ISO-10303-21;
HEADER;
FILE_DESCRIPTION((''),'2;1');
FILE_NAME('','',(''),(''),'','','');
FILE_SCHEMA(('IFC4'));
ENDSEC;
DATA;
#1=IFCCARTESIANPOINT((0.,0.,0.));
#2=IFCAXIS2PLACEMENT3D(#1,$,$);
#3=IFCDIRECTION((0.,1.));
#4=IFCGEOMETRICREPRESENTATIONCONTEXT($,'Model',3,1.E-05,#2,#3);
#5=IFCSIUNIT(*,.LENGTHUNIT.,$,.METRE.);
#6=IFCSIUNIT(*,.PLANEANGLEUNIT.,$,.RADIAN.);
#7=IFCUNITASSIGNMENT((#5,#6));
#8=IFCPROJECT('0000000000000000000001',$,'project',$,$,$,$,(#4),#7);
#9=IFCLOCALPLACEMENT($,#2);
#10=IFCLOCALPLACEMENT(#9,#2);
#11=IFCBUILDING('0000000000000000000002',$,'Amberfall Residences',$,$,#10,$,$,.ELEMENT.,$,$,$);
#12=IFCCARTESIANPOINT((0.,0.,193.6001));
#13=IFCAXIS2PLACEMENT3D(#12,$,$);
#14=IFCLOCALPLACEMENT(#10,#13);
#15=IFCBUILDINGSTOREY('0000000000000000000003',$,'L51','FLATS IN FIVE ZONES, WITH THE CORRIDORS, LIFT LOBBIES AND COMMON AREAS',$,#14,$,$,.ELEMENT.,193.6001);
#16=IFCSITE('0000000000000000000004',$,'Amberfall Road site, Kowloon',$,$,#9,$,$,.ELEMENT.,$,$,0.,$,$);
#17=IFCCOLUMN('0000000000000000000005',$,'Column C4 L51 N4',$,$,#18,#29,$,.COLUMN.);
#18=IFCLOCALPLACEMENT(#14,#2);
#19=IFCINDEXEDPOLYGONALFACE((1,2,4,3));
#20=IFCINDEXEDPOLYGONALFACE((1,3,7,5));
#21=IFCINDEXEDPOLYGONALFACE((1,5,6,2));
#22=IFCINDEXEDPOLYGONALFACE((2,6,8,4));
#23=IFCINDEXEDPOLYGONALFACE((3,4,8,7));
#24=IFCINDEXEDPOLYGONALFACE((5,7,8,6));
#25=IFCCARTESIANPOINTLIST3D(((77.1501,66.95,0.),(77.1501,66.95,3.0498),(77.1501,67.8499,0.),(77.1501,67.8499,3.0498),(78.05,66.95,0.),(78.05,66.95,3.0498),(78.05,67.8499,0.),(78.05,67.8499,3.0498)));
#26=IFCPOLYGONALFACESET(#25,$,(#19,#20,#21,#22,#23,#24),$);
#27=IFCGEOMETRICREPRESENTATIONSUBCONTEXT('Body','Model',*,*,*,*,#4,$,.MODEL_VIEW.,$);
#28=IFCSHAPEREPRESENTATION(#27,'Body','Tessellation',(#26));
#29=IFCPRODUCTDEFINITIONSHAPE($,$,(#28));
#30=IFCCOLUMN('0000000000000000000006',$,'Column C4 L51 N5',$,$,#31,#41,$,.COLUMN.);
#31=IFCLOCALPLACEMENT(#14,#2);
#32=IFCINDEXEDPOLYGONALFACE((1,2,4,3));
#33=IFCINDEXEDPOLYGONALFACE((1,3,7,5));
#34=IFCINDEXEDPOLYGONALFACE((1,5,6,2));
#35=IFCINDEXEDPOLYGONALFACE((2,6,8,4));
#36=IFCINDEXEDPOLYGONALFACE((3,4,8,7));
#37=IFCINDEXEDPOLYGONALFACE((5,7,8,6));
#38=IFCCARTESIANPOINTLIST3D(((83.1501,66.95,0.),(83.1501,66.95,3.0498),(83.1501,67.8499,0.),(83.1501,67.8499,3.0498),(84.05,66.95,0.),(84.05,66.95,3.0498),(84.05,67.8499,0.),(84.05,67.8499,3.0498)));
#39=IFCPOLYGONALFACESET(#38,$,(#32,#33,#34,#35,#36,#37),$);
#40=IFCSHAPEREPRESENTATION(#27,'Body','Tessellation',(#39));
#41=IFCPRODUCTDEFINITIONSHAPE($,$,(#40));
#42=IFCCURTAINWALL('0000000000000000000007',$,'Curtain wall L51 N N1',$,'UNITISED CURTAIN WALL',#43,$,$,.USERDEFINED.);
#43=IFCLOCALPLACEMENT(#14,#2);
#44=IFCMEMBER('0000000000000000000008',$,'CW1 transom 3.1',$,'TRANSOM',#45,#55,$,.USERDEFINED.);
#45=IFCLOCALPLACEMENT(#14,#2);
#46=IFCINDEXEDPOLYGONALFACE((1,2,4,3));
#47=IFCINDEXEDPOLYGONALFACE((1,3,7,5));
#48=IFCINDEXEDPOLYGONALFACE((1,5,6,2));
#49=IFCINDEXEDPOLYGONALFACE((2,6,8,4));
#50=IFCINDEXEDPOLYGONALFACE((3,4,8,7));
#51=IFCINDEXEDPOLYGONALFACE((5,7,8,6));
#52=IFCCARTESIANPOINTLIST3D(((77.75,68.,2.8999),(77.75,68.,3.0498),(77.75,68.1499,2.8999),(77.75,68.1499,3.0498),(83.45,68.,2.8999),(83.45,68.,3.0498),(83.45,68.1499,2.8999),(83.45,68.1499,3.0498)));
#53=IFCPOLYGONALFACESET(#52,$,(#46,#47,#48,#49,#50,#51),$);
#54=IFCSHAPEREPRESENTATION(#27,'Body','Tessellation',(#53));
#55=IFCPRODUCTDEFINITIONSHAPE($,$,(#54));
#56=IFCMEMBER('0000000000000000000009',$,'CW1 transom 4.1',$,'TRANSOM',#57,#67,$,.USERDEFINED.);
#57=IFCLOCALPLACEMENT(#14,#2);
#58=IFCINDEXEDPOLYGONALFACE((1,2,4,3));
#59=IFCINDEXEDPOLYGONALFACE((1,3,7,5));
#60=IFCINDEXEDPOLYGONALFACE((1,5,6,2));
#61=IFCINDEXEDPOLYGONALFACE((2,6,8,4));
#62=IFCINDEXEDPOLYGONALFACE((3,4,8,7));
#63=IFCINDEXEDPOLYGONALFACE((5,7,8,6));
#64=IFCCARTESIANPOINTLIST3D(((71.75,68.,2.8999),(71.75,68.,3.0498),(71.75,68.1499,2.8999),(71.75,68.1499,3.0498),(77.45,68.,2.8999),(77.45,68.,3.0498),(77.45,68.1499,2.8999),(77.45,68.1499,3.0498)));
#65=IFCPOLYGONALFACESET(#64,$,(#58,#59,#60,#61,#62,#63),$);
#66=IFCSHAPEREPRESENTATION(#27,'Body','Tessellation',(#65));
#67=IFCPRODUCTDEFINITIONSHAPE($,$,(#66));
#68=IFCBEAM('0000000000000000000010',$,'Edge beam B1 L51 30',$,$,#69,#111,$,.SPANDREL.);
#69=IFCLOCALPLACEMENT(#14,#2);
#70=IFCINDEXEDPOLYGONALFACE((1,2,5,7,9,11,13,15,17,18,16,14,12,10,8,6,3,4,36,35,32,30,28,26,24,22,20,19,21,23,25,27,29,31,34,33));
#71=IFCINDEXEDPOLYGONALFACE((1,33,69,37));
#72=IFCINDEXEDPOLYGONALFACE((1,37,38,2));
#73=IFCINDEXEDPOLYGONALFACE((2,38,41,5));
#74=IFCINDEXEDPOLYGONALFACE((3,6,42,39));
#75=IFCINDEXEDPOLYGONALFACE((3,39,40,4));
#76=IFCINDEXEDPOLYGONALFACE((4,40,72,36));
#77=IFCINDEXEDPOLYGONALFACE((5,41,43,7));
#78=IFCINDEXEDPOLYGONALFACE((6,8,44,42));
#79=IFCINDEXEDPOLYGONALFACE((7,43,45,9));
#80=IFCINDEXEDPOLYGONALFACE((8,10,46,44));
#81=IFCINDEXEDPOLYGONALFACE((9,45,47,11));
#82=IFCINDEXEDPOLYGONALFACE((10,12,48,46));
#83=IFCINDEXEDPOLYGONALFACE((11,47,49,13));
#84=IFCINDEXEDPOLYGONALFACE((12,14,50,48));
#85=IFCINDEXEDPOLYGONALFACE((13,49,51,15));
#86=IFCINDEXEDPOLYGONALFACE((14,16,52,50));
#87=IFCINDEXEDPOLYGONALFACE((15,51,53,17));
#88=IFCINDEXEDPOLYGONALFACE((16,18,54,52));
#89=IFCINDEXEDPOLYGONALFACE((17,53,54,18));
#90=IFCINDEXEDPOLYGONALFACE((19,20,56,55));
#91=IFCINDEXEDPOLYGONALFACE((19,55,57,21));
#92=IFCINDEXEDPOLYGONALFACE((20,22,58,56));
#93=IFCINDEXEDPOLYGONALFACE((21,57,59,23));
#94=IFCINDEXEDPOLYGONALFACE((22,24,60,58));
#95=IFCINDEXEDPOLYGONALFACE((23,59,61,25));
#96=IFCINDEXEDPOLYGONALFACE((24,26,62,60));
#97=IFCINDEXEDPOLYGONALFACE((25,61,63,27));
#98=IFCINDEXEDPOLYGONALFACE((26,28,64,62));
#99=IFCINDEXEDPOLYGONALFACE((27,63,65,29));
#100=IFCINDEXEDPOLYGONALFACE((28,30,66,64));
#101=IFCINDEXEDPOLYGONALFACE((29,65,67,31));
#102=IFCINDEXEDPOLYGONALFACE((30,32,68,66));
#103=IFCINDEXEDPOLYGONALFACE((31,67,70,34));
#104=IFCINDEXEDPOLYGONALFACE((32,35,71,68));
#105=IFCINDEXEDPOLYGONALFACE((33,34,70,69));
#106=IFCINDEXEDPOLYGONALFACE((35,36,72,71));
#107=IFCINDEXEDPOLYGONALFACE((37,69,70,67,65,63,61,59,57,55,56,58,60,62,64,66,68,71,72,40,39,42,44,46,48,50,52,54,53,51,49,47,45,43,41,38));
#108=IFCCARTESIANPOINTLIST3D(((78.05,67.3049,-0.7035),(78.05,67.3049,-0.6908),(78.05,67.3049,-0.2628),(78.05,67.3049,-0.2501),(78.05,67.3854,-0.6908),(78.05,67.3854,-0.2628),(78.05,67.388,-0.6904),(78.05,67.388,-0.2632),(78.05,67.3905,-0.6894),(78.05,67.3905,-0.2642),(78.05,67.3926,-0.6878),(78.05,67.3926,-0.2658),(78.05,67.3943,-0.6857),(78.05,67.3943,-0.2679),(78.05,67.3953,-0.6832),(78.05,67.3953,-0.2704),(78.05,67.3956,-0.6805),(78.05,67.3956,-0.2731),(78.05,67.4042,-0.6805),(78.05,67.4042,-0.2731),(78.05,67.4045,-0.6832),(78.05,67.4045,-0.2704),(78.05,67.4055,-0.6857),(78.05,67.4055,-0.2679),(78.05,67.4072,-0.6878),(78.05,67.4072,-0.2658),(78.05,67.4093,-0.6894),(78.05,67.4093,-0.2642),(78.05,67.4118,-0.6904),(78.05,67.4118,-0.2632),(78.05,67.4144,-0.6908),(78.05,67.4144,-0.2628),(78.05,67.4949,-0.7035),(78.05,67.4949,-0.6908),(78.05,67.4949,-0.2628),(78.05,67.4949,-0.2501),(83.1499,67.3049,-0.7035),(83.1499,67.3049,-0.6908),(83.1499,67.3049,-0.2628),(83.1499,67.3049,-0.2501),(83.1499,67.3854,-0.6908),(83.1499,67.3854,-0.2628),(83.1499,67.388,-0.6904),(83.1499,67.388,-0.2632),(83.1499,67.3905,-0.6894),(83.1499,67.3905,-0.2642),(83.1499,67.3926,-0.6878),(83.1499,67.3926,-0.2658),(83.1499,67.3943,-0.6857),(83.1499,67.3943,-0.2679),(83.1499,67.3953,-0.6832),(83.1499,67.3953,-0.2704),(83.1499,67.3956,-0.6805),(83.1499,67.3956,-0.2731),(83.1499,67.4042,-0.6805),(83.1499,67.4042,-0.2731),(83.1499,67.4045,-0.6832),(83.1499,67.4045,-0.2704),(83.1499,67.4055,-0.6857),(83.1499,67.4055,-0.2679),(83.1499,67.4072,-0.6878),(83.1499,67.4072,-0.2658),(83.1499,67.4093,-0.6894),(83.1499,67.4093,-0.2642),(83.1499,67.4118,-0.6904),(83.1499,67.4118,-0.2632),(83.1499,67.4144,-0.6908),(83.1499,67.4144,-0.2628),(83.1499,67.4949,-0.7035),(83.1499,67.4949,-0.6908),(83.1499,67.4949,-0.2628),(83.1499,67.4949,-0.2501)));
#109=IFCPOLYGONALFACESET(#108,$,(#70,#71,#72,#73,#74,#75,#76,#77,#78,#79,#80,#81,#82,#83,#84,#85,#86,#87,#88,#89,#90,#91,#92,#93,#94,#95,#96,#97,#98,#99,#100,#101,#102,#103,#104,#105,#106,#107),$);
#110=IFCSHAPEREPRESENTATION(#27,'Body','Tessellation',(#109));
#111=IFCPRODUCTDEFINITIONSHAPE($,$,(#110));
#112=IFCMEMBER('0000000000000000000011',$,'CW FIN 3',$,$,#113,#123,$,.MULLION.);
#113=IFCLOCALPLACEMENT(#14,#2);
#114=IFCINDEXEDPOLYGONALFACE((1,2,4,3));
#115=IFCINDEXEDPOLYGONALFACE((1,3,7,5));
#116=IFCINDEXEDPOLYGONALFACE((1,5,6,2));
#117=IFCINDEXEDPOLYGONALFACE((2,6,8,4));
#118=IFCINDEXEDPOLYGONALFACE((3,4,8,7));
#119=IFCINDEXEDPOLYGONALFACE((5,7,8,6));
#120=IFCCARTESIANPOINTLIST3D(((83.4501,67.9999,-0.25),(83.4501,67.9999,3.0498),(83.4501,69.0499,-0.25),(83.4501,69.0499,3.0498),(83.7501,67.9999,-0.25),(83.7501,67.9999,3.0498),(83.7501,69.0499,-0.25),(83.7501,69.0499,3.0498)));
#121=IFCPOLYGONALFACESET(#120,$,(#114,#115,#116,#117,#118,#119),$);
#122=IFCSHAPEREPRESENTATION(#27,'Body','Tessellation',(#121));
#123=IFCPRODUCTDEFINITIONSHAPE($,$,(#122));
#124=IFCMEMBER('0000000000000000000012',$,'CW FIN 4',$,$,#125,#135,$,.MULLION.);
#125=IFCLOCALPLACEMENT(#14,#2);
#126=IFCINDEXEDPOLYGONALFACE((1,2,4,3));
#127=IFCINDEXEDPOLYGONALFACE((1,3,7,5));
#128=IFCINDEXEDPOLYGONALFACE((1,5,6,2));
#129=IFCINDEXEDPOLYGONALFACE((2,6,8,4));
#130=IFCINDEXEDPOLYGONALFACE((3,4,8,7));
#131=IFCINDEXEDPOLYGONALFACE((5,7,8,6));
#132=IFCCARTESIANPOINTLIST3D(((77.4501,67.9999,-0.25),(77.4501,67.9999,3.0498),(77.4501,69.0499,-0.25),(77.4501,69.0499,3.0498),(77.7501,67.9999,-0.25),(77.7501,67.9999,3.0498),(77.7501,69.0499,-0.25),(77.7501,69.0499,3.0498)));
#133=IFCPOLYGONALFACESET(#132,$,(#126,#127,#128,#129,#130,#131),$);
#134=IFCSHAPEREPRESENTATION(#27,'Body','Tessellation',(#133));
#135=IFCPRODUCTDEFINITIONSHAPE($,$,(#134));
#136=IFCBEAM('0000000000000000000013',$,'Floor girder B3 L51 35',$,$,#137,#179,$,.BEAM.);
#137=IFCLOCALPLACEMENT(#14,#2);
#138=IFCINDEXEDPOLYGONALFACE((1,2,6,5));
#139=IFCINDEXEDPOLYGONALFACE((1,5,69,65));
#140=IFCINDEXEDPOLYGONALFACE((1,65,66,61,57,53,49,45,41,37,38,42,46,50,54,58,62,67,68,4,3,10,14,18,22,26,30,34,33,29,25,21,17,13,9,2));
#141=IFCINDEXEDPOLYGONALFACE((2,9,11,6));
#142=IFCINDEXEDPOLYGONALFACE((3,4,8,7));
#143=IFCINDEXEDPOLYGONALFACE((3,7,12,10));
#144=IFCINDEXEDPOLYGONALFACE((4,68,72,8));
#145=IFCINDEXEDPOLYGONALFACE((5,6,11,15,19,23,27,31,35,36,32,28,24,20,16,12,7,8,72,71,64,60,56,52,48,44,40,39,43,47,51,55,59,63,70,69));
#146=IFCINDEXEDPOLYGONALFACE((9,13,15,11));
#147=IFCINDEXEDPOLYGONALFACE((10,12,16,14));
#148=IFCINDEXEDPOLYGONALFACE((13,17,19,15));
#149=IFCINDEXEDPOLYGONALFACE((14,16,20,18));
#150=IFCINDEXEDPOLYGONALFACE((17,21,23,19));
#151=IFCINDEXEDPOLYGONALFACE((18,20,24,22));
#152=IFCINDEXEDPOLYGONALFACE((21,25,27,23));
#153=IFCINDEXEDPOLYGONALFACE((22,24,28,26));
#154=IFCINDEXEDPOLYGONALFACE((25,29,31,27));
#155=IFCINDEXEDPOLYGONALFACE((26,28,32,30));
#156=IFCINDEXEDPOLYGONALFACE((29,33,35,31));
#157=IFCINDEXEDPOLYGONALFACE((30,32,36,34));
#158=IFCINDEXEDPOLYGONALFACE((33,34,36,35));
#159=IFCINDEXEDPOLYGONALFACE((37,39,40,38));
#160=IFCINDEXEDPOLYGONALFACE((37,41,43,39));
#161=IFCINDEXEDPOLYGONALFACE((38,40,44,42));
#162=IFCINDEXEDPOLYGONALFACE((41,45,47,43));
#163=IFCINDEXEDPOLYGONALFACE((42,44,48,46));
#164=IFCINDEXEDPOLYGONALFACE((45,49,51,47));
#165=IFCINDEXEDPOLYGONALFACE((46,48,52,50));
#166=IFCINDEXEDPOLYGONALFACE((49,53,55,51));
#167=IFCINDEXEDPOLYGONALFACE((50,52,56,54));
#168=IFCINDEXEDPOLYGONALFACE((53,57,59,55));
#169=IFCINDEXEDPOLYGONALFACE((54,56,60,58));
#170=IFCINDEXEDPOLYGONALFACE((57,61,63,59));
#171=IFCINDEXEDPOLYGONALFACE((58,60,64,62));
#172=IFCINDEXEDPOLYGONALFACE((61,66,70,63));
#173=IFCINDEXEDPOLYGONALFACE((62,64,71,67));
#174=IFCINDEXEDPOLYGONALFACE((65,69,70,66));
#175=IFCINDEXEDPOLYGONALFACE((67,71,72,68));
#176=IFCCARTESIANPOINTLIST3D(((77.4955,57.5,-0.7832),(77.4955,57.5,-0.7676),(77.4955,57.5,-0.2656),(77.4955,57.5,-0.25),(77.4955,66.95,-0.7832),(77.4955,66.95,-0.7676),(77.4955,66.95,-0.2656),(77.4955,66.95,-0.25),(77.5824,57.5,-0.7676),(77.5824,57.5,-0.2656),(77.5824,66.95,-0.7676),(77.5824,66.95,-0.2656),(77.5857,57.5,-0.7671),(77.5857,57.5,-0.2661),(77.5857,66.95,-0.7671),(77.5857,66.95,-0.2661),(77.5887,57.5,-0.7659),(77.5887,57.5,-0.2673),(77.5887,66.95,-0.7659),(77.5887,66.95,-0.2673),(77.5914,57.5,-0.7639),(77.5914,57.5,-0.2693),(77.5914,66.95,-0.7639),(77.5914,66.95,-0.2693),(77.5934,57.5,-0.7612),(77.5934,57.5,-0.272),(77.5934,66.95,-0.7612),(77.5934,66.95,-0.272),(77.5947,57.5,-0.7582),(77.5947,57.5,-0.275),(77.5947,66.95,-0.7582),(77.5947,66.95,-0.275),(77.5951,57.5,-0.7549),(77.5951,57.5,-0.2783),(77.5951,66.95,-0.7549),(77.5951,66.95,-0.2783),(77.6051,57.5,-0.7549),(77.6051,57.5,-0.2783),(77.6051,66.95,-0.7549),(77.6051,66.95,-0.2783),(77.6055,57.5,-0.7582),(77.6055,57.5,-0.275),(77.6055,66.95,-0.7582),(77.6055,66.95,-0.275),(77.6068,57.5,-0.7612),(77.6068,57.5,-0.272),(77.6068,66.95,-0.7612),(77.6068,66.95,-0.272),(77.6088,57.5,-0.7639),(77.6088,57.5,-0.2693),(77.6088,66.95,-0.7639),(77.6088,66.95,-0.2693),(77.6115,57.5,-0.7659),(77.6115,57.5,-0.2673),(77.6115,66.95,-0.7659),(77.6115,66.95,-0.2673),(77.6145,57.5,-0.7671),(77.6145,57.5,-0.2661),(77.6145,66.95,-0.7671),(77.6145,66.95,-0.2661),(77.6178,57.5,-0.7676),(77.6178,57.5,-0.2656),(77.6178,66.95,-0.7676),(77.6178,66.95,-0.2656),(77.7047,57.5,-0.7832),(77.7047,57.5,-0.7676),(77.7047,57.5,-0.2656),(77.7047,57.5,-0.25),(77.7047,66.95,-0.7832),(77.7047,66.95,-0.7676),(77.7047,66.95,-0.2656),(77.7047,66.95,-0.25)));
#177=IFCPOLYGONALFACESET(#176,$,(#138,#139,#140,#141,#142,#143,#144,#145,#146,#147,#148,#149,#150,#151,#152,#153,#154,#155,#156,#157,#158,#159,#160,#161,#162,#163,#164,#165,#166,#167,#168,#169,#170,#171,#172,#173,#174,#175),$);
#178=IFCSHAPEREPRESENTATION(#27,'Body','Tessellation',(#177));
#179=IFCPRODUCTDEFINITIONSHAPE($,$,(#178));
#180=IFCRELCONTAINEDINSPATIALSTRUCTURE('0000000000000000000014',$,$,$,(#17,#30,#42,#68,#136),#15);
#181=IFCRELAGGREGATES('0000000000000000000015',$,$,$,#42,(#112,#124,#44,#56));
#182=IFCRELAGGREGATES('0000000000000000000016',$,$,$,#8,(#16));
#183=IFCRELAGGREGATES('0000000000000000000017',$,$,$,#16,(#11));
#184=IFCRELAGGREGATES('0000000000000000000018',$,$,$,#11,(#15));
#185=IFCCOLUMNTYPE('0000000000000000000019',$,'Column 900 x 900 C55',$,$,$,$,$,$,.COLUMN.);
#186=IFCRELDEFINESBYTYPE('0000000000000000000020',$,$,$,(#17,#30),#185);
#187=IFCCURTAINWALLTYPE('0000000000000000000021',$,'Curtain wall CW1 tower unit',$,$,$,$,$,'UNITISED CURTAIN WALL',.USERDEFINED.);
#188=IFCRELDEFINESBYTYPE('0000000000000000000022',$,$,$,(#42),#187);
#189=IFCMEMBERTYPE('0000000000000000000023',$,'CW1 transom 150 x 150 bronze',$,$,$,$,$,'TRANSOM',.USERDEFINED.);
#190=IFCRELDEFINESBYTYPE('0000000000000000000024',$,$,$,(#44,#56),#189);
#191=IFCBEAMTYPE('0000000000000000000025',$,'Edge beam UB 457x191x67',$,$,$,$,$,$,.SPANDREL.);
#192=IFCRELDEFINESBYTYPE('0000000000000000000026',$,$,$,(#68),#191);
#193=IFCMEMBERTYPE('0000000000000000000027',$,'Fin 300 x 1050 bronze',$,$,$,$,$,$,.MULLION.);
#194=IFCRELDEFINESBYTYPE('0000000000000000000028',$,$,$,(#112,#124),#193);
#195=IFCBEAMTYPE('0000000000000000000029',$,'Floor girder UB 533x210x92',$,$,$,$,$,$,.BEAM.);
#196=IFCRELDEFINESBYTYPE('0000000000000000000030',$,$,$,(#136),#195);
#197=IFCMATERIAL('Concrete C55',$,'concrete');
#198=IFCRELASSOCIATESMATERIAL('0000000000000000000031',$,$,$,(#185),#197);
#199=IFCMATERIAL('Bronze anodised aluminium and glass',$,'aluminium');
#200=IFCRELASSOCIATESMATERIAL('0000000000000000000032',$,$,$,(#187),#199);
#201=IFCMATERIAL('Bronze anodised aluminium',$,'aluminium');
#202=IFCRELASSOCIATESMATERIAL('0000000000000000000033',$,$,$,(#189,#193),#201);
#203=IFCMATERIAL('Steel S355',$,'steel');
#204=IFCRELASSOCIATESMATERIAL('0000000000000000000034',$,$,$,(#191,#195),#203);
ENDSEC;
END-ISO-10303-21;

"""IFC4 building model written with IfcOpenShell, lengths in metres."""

from ifc_helpers import new_model, si_unit, direction, frame, origin, origin_2d, place, context, subcontext, project, spatial, rectangle, i_section, extrude, material, material_profile, profile_set, type_object, element, aggregate, save


model = new_model("IFC4")

# Units and contexts
model_context = context("Model", 3, precision=1e-05, world=origin(), true_north=direction((0.0, 1.0)))
body_context = subcontext(model_context, "Body", "Model", "MODEL_VIEW")
ifc_project = project(units=[si_unit("LENGTHUNIT", "METRE"), si_unit("PLANEANGLEUNIT", "RADIAN")], contexts=[model_context])

# Site, building, storey
site_placement = place(None, origin())
site = spatial("IfcSite", under=ifc_project, at=site_placement, Name="Amberfall Road site, Kowloon", CompositionType="ELEMENT", RefElevation=0.0)
building_placement = place(site_placement, origin())
building = spatial("IfcBuilding", under=site, at=building_placement, Name="Amberfall Residences", CompositionType="ELEMENT")
storey_placement = place(building_placement, frame((0.0, 0.0, 193.6001)))
storey = spatial("IfcBuildingStorey", under=building, at=storey_placement, Name="L51", Description="FLATS IN FIVE ZONES, WITH THE CORRIDORS, LIFT LOBBIES AND COMMON AREAS", CompositionType="ELEMENT", Elevation=193.6001)

# Columns
ifc_material_1 = material(Name="Concrete C55", Category="concrete")
ifc_material_profile_1 = material_profile(ifc_material_1, rectangle(XDim=0.8999, YDim=0.8999, at=origin_2d()), Name="Column 900 x 900 C55")
ifc_profile_set_1 = profile_set([ifc_material_profile_1], Name="Concrete C55")
column_type = type_object("IfcColumnType", Name="Column 900 x 900 C55", PredefinedType="COLUMN", material=ifc_profile_set_1)
for number, where, z_axis, x_axis, name in (
    (1, (77.6001, 67.3999, 0.0), (0.0, 0.0, 1.0), (1.0, 0.0, 0.0), "Column C4 L51 N4"),
    (2, (83.6001, 67.3999, 0.0), (0.0, 0.0, 1.0), (1.0, 0.0, 0.0), "Column C4 L51 N5"),
):
    element("IfcColumn", number, at=place(storey_placement, frame(where, z_axis=z_axis, x_axis=x_axis)), inside=storey, type_object=column_type, Name=name, PredefinedType="COLUMN", context=body_context, shape_type="SweptSolid", body=[
        extrude(rectangle(XDim=0.8999, YDim=0.8999, at=origin_2d()), origin(), (0.0, 0.0, 1.0), 3.0498),
    ])

# Curtain wall, members
ifc_material_2 = material(Name="Bronze anodised aluminium and glass", Category="aluminium")
curtain_wall_type = type_object("IfcCurtainWallType", Name="Curtain wall CW1 tower unit", ElementType="UNITISED CURTAIN WALL", PredefinedType="USERDEFINED", material=ifc_material_2)
curtain_wall_placement = place(storey_placement, origin())
curtain_wall = element("IfcCurtainWall", 3, at=curtain_wall_placement, inside=storey, type_object=curtain_wall_type, Name="Curtain wall L51 N N1", ObjectType="UNITISED CURTAIN WALL", PredefinedType="USERDEFINED")
ifc_material_3 = material(Name="Bronze anodised aluminium", Category="aluminium")
ifc_material_profile_2 = material_profile(ifc_material_3, rectangle(XDim=0.1499, YDim=0.1499, at=origin_2d()), Name="CW1 transom 150 x 150 bronze")
ifc_profile_set_2 = profile_set([ifc_material_profile_2], Name="Bronze anodised aluminium")
member_type_1 = type_object("IfcMemberType", Name="CW1 transom 150 x 150 bronze", ElementType="TRANSOM", PredefinedType="USERDEFINED", material=ifc_profile_set_2)
member_1_placement = place(storey_placement, frame((83.45, 68.075, 2.9749), z_axis=(-1.0, 0.0, 0.0), x_axis=(0.0, -1.0, 0.0)))
member_1 = element("IfcMember", 4, at=member_1_placement, type_object=member_type_1, Name="CW1 transom 3.1", ObjectType="TRANSOM", PredefinedType="USERDEFINED", context=body_context, shape_type="SweptSolid", body=[
    extrude(rectangle(XDim=0.1499, YDim=0.1499, at=origin_2d()), origin(), (0.0, 0.0, 1.0), 5.7),
])
member_2_placement = place(storey_placement, frame((77.45, 68.075, 2.9749), z_axis=(-1.0, 0.0, 0.0), x_axis=(0.0, -1.0, 0.0)))
member_2 = element("IfcMember", 5, at=member_2_placement, type_object=member_type_1, Name="CW1 transom 4.1", ObjectType="TRANSOM", PredefinedType="USERDEFINED", context=body_context, shape_type="SweptSolid", body=[
    extrude(rectangle(XDim=0.1499, YDim=0.1499, at=origin_2d()), origin(), (0.0, 0.0, 1.0), 5.7),
])

# Beam
ifc_material_4 = material(Name="Steel S355", Category="steel")
ifc_material_profile_3 = material_profile(ifc_material_4, i_section(OverallWidth=0.1899, OverallDepth=0.4534, WebThickness=0.0085, FlangeThickness=0.0127, FilletRadius=0.0103, at=origin_2d()), Name="UB 457x191x67")
ifc_profile_set_3 = profile_set([ifc_material_profile_3], Name="Steel S355")
beam_type_1 = type_object("IfcBeamType", Name="Edge beam UB 457x191x67", PredefinedType="SPANDREL", material=ifc_profile_set_3)
beam_placement = place(storey_placement, frame((78.05, 67.3999, -0.4768), z_axis=(1.0, 0.0, 0.0), x_axis=(0.0, 1.0, 0.0)))
element("IfcBeam", 6, at=beam_placement, inside=storey, type_object=beam_type_1, Name="Edge beam B1 L51 30", PredefinedType="SPANDREL", context=body_context, shape_type="SweptSolid", body=[
    extrude(i_section(OverallWidth=0.1899, OverallDepth=0.4534, WebThickness=0.0085, FlangeThickness=0.0127, FilletRadius=0.0103, at=origin_2d()), origin(), (0.0, 0.0, 1.0), 5.0999),
])

# Members
ifc_material_profile_4 = material_profile(ifc_material_3, rectangle(XDim=1.05, YDim=0.3, at=origin_2d()), Name="Fin 300 x 1050 bronze")
ifc_profile_set_4 = profile_set([ifc_material_profile_4], Name="Bronze anodised aluminium")
member_type_2 = type_object("IfcMemberType", Name="Fin 300 x 1050 bronze", PredefinedType="MULLION", material=ifc_profile_set_4)
member_3_placement = place(storey_placement, frame((83.6001, 68.5249, -0.25), z_axis=(0.0, 0.0, 1.0), x_axis=(0.0, -1.0, 0.0)))
member_3 = element("IfcMember", 7, at=member_3_placement, type_object=member_type_2, Name="CW FIN 3", PredefinedType="MULLION", context=body_context, shape_type="SweptSolid", body=[
    extrude(rectangle(XDim=1.05, YDim=0.3, at=origin_2d()), origin(), (0.0, 0.0, 1.0), 3.2998),
])
member_4_placement = place(storey_placement, frame((77.6001, 68.5249, -0.25), z_axis=(0.0, 0.0, 1.0), x_axis=(0.0, -1.0, 0.0)))
member_4 = element("IfcMember", 8, at=member_4_placement, type_object=member_type_2, Name="CW FIN 4", PredefinedType="MULLION", context=body_context, shape_type="SweptSolid", body=[
    extrude(rectangle(XDim=1.05, YDim=0.3, at=origin_2d()), origin(), (0.0, 0.0, 1.0), 3.2998),
])

# Beam
ifc_material_profile_5 = material_profile(ifc_material_4, i_section(OverallWidth=0.2092, OverallDepth=0.5332, WebThickness=0.01, FlangeThickness=0.0156, FilletRadius=0.0127, at=origin_2d()), Name="UB 533x210x92")
ifc_profile_set_5 = profile_set([ifc_material_profile_5], Name="Steel S355")
beam_type_2 = type_object("IfcBeamType", Name="Floor girder UB 533x210x92", PredefinedType="BEAM", material=ifc_profile_set_5)
for number, where, z_axis, x_axis, name in (
    (9, (77.6001, 66.95, -0.5166), (0.0, -1.0, 0.0), (1.0, 0.0, 0.0), "Floor girder B3 L51 35"),
):
    element("IfcBeam", number, at=place(storey_placement, frame(where, z_axis=z_axis, x_axis=x_axis)), inside=storey, type_object=beam_type_2, Name=name, PredefinedType="BEAM", context=body_context, shape_type="SweptSolid", body=[
        extrude(i_section(OverallWidth=0.2092, OverallDepth=0.5332, WebThickness=0.01, FlangeThickness=0.0156, FilletRadius=0.0127, at=origin_2d()), origin(), (0.0, 0.0, 1.0), 9.45),
    ])

aggregate(curtain_wall, [member_3, member_4, member_1, member_2])

save(model, "model.ifc")
